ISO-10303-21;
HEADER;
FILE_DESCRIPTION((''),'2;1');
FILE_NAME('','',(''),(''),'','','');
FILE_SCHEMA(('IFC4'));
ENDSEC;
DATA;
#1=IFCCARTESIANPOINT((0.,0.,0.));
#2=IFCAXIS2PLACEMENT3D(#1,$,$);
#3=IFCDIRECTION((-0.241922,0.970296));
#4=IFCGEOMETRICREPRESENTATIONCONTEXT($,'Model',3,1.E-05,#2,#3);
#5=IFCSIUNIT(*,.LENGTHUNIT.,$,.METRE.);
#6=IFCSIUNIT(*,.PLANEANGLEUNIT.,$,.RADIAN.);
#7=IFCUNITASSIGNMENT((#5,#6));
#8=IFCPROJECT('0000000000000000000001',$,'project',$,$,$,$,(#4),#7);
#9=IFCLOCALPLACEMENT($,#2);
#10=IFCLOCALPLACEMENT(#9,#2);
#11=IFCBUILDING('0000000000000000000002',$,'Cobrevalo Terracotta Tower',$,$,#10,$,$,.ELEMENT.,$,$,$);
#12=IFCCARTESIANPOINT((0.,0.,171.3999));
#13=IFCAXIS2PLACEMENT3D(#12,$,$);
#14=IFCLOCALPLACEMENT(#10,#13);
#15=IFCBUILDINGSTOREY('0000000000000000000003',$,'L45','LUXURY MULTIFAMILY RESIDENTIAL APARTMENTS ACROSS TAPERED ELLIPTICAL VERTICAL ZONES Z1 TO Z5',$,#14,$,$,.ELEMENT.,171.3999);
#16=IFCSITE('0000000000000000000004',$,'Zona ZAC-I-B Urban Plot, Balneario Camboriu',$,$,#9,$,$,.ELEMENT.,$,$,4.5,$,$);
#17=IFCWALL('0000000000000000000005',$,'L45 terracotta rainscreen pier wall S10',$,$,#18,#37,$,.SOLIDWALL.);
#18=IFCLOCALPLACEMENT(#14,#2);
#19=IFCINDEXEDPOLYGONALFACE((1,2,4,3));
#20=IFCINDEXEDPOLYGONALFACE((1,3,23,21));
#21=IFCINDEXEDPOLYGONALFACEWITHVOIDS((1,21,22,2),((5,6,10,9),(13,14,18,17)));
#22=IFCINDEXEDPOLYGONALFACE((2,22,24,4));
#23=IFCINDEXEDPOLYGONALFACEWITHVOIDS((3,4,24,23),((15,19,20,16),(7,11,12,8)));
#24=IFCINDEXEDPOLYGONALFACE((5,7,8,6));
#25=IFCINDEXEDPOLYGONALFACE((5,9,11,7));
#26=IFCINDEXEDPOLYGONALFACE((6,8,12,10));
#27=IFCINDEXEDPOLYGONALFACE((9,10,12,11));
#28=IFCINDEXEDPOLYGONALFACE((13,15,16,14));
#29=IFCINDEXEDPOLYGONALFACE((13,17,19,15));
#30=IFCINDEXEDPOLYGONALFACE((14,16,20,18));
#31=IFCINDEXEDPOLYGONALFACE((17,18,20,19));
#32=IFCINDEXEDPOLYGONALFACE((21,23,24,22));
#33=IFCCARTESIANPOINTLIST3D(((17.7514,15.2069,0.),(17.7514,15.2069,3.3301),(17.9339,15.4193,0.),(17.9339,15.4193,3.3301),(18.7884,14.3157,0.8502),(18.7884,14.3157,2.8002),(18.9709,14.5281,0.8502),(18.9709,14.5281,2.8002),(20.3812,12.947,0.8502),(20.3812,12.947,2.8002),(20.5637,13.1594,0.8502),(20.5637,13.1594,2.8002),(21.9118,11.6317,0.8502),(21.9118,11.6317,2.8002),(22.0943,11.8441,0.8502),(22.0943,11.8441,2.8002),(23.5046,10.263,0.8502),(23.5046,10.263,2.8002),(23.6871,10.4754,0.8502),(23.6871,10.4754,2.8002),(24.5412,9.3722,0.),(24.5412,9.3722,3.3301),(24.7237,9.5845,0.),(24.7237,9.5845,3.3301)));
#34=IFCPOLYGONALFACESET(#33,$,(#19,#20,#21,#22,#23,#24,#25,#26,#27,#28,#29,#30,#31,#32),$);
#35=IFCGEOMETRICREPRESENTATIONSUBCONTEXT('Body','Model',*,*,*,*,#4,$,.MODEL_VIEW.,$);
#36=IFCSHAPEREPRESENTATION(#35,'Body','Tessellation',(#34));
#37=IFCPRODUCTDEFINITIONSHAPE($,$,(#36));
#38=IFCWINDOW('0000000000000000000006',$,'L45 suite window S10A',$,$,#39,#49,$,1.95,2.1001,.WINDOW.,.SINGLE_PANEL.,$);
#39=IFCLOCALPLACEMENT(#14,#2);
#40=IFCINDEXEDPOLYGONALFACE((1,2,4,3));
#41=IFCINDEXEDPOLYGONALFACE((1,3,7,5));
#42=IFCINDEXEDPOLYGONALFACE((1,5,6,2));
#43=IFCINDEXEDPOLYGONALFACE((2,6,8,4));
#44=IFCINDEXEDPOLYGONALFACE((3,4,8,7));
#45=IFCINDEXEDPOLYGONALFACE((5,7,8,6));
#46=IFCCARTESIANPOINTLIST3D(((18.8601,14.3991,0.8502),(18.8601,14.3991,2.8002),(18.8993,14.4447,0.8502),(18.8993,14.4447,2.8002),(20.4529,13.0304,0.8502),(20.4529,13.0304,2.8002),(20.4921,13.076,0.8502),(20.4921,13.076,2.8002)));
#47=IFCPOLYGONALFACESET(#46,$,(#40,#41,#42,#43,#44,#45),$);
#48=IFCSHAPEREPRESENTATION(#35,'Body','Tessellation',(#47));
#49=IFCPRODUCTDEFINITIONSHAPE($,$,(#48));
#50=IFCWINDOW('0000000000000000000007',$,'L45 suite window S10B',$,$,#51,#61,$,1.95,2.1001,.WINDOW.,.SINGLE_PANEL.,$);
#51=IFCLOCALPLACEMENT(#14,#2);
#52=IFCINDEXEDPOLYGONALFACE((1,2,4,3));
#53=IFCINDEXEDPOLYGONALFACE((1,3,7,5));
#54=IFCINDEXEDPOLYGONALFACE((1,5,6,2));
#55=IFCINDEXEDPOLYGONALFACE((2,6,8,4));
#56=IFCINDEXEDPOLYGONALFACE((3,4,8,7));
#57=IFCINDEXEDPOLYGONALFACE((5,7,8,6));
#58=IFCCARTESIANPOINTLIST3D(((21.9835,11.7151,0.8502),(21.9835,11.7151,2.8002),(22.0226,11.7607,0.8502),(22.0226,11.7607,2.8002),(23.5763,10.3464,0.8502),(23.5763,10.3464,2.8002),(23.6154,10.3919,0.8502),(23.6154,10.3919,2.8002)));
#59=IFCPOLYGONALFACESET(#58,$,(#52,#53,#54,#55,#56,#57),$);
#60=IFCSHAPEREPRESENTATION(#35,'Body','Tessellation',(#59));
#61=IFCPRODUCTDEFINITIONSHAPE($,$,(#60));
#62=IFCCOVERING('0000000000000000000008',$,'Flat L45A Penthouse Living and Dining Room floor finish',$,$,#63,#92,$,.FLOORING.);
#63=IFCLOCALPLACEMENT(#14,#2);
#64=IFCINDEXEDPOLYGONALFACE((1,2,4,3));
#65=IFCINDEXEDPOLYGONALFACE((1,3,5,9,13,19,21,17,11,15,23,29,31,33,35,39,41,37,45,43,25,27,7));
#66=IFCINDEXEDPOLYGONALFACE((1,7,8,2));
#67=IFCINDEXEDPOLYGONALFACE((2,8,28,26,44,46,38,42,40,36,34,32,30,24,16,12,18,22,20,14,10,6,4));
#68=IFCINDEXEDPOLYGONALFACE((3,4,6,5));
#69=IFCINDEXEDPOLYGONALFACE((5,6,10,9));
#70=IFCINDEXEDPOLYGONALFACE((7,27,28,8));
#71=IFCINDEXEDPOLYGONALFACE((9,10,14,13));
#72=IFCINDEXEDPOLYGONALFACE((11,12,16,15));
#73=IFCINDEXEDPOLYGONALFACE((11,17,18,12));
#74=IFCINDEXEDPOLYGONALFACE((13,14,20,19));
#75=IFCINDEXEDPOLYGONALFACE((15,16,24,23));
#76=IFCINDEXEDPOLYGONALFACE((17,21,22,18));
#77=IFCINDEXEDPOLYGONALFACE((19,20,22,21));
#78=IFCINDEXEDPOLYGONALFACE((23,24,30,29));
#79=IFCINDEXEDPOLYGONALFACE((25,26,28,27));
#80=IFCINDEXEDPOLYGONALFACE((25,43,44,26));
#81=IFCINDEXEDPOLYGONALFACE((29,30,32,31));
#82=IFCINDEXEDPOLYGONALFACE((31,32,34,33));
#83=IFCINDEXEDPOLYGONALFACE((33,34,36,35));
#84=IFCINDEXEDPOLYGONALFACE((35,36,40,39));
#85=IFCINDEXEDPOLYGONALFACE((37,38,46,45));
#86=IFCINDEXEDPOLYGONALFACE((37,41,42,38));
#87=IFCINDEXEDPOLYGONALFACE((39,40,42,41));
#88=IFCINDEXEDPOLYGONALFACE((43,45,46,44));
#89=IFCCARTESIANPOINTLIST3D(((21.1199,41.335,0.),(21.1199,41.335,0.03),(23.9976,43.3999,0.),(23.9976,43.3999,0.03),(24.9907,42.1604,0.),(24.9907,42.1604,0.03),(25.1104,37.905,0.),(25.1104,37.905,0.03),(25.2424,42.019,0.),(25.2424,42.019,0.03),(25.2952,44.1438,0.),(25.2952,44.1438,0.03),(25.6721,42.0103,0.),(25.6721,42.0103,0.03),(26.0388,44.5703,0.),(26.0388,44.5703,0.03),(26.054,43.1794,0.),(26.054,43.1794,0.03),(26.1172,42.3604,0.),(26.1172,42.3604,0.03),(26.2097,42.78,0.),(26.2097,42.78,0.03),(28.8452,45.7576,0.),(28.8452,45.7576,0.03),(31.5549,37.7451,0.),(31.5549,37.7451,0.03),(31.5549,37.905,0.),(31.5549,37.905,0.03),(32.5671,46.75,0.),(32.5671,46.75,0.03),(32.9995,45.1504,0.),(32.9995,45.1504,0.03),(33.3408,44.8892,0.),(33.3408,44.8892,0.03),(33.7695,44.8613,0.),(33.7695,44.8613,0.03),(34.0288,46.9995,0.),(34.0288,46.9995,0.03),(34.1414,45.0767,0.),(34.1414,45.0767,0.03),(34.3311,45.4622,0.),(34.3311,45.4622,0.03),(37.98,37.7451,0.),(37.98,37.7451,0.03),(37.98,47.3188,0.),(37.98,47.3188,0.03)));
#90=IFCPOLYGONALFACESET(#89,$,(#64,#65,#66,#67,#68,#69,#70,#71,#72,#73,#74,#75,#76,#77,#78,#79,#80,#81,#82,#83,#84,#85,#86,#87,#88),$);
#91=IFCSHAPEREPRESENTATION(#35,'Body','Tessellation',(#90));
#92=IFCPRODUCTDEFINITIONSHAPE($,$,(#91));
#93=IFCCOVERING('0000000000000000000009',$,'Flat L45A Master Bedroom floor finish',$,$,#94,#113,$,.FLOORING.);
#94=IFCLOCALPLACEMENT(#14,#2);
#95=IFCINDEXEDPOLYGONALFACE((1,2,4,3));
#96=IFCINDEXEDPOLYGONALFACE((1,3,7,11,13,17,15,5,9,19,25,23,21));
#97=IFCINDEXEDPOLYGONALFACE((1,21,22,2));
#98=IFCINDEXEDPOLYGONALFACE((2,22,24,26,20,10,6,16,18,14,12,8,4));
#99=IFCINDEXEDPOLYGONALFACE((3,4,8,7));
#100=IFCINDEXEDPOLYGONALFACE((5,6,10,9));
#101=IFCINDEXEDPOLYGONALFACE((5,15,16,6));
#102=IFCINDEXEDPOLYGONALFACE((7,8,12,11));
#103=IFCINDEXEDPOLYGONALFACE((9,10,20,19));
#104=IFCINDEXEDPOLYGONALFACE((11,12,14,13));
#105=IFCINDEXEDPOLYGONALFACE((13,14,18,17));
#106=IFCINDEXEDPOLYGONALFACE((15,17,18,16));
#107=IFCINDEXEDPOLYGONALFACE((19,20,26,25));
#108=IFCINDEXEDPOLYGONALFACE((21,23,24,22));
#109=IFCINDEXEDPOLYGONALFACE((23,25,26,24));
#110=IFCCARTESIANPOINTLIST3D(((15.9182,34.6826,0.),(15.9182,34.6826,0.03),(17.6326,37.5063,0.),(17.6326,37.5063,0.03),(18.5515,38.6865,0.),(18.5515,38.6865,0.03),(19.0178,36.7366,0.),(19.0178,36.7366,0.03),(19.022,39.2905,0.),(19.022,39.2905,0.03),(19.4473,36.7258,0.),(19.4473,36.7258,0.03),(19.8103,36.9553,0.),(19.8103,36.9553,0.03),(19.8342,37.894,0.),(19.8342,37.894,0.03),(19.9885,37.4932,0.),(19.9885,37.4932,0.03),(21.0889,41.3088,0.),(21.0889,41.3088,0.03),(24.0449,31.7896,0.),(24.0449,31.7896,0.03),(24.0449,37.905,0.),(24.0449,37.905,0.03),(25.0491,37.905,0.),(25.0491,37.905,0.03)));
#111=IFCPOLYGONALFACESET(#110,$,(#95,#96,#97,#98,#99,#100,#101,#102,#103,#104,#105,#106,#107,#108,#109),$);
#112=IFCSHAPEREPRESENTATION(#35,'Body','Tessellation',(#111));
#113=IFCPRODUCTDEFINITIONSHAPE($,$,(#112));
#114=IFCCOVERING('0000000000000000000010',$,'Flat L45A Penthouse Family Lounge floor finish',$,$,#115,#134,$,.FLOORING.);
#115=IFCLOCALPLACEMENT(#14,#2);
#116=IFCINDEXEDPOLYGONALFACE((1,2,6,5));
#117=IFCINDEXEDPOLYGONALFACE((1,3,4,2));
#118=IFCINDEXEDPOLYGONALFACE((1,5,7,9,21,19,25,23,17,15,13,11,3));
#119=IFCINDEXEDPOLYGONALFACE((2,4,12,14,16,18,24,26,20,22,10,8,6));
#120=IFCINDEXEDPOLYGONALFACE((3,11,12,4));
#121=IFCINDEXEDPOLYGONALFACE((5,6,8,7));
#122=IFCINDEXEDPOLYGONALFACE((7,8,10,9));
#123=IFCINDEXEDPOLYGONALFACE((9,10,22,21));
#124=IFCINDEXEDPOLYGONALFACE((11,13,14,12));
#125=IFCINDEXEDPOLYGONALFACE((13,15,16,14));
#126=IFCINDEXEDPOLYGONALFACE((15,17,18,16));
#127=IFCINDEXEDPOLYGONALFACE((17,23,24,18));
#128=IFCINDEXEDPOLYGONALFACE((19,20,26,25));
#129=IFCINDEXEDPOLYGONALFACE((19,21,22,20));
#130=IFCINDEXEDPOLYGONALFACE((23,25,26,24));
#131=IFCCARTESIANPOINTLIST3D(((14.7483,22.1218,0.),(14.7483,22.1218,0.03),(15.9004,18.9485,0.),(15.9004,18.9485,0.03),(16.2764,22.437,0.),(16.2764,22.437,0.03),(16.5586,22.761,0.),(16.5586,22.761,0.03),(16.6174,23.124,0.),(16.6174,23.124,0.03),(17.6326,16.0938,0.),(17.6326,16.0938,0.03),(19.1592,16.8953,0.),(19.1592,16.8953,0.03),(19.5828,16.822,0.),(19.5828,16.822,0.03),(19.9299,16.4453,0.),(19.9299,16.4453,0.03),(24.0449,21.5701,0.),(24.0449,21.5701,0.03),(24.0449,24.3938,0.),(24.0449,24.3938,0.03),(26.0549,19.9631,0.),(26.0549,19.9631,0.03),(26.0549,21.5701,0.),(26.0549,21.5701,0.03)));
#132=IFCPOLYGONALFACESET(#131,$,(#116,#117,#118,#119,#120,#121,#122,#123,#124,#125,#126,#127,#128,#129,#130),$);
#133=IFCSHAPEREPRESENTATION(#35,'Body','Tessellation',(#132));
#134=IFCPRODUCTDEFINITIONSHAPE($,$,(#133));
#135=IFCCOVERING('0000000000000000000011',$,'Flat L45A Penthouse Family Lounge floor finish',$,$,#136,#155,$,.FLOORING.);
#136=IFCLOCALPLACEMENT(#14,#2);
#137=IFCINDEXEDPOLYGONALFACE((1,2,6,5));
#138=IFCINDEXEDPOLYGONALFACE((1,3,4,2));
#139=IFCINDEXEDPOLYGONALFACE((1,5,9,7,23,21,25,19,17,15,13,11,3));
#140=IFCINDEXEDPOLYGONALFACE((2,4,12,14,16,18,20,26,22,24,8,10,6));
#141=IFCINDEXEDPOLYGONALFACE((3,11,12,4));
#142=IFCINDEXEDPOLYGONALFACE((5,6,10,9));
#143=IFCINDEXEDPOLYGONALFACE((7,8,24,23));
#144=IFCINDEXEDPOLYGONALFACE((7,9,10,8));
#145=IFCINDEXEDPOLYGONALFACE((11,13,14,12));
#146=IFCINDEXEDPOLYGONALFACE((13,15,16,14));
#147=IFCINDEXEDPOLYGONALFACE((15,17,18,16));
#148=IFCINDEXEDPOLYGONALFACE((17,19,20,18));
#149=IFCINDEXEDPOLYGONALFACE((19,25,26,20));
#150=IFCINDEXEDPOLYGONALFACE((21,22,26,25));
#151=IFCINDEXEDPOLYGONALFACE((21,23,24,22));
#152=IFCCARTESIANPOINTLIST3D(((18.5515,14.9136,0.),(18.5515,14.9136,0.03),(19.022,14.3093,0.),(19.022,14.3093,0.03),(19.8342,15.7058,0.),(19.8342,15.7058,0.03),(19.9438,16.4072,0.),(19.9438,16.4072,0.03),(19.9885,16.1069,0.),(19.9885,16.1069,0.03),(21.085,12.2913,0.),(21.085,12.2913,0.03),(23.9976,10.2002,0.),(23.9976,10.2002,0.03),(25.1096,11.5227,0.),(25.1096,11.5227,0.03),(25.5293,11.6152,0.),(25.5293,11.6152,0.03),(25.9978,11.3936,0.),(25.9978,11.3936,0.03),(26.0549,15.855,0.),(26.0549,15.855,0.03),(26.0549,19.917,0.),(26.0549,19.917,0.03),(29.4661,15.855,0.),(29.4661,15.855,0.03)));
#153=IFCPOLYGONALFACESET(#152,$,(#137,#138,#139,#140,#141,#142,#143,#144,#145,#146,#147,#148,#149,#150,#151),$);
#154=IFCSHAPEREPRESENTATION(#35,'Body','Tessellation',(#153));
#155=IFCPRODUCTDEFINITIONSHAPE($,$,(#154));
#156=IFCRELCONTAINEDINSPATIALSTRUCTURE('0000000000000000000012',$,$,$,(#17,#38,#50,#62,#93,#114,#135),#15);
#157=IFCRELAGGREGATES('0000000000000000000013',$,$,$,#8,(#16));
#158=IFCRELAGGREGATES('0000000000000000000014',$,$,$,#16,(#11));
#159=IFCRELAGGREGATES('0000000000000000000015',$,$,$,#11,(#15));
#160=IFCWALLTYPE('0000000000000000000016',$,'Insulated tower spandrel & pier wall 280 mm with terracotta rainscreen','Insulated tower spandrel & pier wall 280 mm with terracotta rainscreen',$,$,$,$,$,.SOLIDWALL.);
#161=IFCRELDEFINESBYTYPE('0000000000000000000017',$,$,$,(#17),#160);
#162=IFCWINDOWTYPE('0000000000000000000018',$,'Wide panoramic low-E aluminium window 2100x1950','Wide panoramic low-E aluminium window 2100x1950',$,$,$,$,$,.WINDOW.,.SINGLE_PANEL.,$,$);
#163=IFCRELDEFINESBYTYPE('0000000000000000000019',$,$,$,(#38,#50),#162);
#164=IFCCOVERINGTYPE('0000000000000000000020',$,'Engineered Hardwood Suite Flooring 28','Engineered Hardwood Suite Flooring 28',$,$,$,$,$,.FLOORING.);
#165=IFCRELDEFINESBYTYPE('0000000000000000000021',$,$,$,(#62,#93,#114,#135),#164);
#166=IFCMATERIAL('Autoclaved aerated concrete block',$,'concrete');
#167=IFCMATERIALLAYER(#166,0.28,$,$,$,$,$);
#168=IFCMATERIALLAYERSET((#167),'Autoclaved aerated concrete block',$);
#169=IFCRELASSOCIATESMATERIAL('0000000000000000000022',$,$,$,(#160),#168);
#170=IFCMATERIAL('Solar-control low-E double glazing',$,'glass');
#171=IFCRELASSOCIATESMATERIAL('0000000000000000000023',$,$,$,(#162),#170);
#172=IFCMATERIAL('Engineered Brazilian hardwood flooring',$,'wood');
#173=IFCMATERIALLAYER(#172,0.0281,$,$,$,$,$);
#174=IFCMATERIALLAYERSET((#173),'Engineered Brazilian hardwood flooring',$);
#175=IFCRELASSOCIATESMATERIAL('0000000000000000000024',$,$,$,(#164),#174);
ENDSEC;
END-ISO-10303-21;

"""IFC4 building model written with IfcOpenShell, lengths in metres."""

from ifc_helpers import new_model, si_unit, direction, frame, frame_2d, origin, place, context, subcontext, project, spatial, polyline, rectangle, outline, extrude, source, transform, mapped, material, layer, layer_set, type_object, element, fill, save


model = new_model("IFC4")

# Units and contexts
model_context = context("Model", 3, precision=1e-05, world=origin(), true_north=direction((-0.241922, 0.970296)))
body_context = subcontext(model_context, "Body", "Model", "MODEL_VIEW")
ifc_project = project(units=[si_unit("LENGTHUNIT", "METRE"), si_unit("PLANEANGLEUNIT", "RADIAN")], contexts=[model_context])

# Site, building, storey
site_placement = place(None, origin())
site = spatial("IfcSite", under=ifc_project, at=site_placement, Name="Zona ZAC-I-B Urban Plot, Balneario Camboriu", CompositionType="ELEMENT", RefElevation=4.5)
building_placement = place(site_placement, origin())
building = spatial("IfcBuilding", under=site, at=building_placement, Name="Cobrevalo Terracotta Tower", CompositionType="ELEMENT")
storey_placement = place(building_placement, frame((0.0, 0.0, 171.3999)))
storey = spatial("IfcBuildingStorey", under=building, at=storey_placement, Name="L45", Description="LUXURY MULTIFAMILY RESIDENTIAL APARTMENTS ACROSS TAPERED ELLIPTICAL VERTICAL ZONES Z1 TO Z5", CompositionType="ELEMENT", Elevation=171.3999)

# Shared definitions
ifc_material_1 = material(Name="Solar-control low-E double glazing", Category="glass")

# Wall, openings, windows
ifc_material_2 = material(Name="Autoclaved aerated concrete block", Category="concrete")
ifc_layer_1 = layer(ifc_material_2, 0.28)
ifc_layer_set_1 = layer_set([ifc_layer_1], Name="Autoclaved aerated concrete block")
wall_type = type_object("IfcWallType", Name="Insulated tower spandrel & pier wall 280 mm with terracotta rainscreen", Description="Insulated tower spandrel & pier wall 280 mm with terracotta rainscreen", PredefinedType="SOLIDWALL", material=ifc_layer_set_1)
wall_placement = place(storey_placement, frame((17.8428, 15.313, 0.0), z_axis=(0.0, 0.0, 1.0), x_axis=(0.758434, -0.65175, 0.0)))
wall = element("IfcWall", 1, at=wall_placement, inside=storey, type_object=wall_type, Name="L45 terracotta rainscreen pier wall S10", PredefinedType="SOLIDWALL", context=body_context, shape_type="SweptSolid", body=[
    extrude(rectangle(XDim=8.9524, YDim=0.28, at=frame_2d((4.4761, 0.0))), origin(), (0.0, 0.0, 1.0), 3.3301),
])
opening_1_placement = place(wall_placement, frame((1.3672, 0.0, 0.8501)))
opening_1 = element("IfcOpeningElement", 2, at=opening_1_placement, cuts=wall, PredefinedType="OPENING", context=body_context, shape_type="SweptSolid", body=[
    extrude(rectangle(XDim=2.1001, YDim=1.95, at=frame_2d((1.05, 0.9751))), frame((0.0, 0.1499, 0.0), z_axis=(0.0, -1.0, 0.0), x_axis=(1.0, 0.0, 0.0)), (0.0, 0.0, 1.0), 0.3),
])
opening_2_placement = place(wall_placement, frame((5.4854, 0.0, 0.8501)))
opening_2 = element("IfcOpeningElement", 3, at=opening_2_placement, cuts=wall, PredefinedType="OPENING", context=body_context, shape_type="SweptSolid", body=[
    extrude(rectangle(XDim=2.1001, YDim=1.95, at=frame_2d((1.05, 0.9751))), frame((0.0, 0.1499, 0.0), z_axis=(0.0, -1.0, 0.0), x_axis=(1.0, 0.0, 0.0)), (0.0, 0.0, 1.0), 0.3),
])
window_type = type_object("IfcWindowType", Name="Wide panoramic low-E aluminium window 2100x1950", Description="Wide panoramic low-E aluminium window 2100x1950", PartitioningType="SINGLE_PANEL", PredefinedType="WINDOW", material=ifc_material_1)
shared_shape_1 = source(origin(), body_context, "Body", "SweptSolid", [
    extrude(rectangle(XDim=2.1001, YDim=1.95, at=frame_2d((1.05, 0.9751))), frame((0.0, 0.03, 0.0), z_axis=(0.0, -1.0, 0.0), x_axis=(1.0, 0.0, 0.0)), (0.0, 0.0, 1.0), 0.0601),
])
window_1_placement = place(opening_1_placement, origin())
window_1 = element("IfcWindow", 4, at=window_1_placement, inside=storey, type_object=window_type, Name="L45 suite window S10A", OverallHeight=1.95, OverallWidth=2.1001, PartitioningType="SINGLE_PANEL", PredefinedType="WINDOW", context=body_context, shape_type="MappedRepresentation", body=[
    mapped(shared_shape_1, transform((0.0, 0.0, 0.0), scale=1.0)),
])
fill(opening_1, window_1)
window_2_placement = place(opening_2_placement, origin())
window_2 = element("IfcWindow", 5, at=window_2_placement, inside=storey, type_object=window_type, Name="L45 suite window S10B", OverallHeight=1.95, OverallWidth=2.1001, PartitioningType="SINGLE_PANEL", PredefinedType="WINDOW", context=body_context, shape_type="MappedRepresentation", body=[
    mapped(shared_shape_1, transform((0.0, 0.0, 0.0), scale=1.0)),
])
fill(opening_2, window_2)

# Coverings
ifc_material_3 = material(Name="Engineered Brazilian hardwood flooring", Category="wood")
ifc_layer_2 = layer(ifc_material_3, 0.0281)
ifc_layer_set_2 = layer_set([ifc_layer_2], Name="Engineered Brazilian hardwood flooring")
covering_type_1 = type_object("IfcCoveringType", Name="Engineered Hardwood Suite Flooring 28", Description="Engineered Hardwood Suite Flooring 28", PredefinedType="FLOORING", material=ifc_layer_set_2)
covering_1_placement = place(storey_placement, origin())
element("IfcCovering", 6, at=covering_1_placement, inside=storey, type_object=covering_type_1, Name="Flat L45A Penthouse Living and Dining Room floor finish", PredefinedType="FLOORING", context=body_context, shape_type="SweptSolid", body=[
    extrude(outline(polyline([(23.9976, 43.3999), (24.9907, 42.1604), (25.2424, 42.019), (25.6721, 42.0103), (26.1172, 42.3604), (26.2097, 42.78), (26.054, 43.1794), (25.2952, 44.1438), (26.0388, 44.5703), (28.8452, 45.7576), (32.5671, 46.75), (32.9995, 45.1504), (33.3408, 44.8892), (33.7695, 44.8613), (34.1414, 45.0767), (34.3311, 45.4622), (34.0288, 46.9995), (37.98, 47.3188), (37.98, 37.7451), (31.5549, 37.7451), (31.5549, 37.905), (25.1104, 37.905), (21.1199, 41.335), (23.9976, 43.3999)])), origin(), (0.0, 0.0, 1.0), 0.03),
])
covering_2_placement = place(storey_placement, origin())
element("IfcCovering", 7, at=covering_2_placement, inside=storey, type_object=covering_type_1, Name="Flat L45A Master Bedroom floor finish", PredefinedType="FLOORING", context=body_context, shape_type="SweptSolid", body=[
    extrude(outline(polyline([(17.6326, 37.5063), (19.0178, 36.7366), (19.4473, 36.7258), (19.8103, 36.9553), (19.9885, 37.4932), (19.8342, 37.894), (18.5515, 38.6865), (19.022, 39.2905), (21.0889, 41.3088), (25.0491, 37.905), (24.0449, 37.905), (24.0449, 31.7896), (15.9182, 34.6826), (17.6326, 37.5063)])), origin(), (0.0, 0.0, 1.0), 0.03),
])
covering_3_placement = place(storey_placement, origin())
element("IfcCovering", 8, at=covering_3_placement, inside=storey, type_object=covering_type_1, Name="Flat L45A Penthouse Family Lounge floor finish", PredefinedType="FLOORING", context=body_context, shape_type="SweptSolid", body=[
    extrude(outline(polyline([(15.9004, 18.9485), (14.7483, 22.1218), (16.2764, 22.437), (16.5586, 22.761), (16.6174, 23.124), (24.0449, 24.3938), (24.0449, 21.5701), (26.0549, 21.5701), (26.0549, 19.9631), (19.9299, 16.4453), (19.5828, 16.822), (19.1592, 16.8953), (17.6326, 16.0938), (15.9004, 18.9485)])), origin(), (0.0, 0.0, 1.0), 0.03),
])
covering_4_placement = place(storey_placement, origin())
element("IfcCovering", 9, at=covering_4_placement, inside=storey, type_object=covering_type_1, Name="Flat L45A Penthouse Family Lounge floor finish", PredefinedType="FLOORING", context=body_context, shape_type="SweptSolid", body=[
    extrude(outline(polyline([(21.085, 12.2913), (19.022, 14.3093), (18.5515, 14.9136), (19.8342, 15.7058), (19.9885, 16.1069), (19.9438, 16.4072), (26.0549, 19.917), (26.0549, 15.855), (29.4661, 15.855), (25.9978, 11.3936), (25.5293, 11.6152), (25.1096, 11.5227), (23.9976, 10.2002), (21.085, 12.2913)])), origin(), (0.0, 0.0, 1.0), 0.03),
])

save(model, "model.ifc")
